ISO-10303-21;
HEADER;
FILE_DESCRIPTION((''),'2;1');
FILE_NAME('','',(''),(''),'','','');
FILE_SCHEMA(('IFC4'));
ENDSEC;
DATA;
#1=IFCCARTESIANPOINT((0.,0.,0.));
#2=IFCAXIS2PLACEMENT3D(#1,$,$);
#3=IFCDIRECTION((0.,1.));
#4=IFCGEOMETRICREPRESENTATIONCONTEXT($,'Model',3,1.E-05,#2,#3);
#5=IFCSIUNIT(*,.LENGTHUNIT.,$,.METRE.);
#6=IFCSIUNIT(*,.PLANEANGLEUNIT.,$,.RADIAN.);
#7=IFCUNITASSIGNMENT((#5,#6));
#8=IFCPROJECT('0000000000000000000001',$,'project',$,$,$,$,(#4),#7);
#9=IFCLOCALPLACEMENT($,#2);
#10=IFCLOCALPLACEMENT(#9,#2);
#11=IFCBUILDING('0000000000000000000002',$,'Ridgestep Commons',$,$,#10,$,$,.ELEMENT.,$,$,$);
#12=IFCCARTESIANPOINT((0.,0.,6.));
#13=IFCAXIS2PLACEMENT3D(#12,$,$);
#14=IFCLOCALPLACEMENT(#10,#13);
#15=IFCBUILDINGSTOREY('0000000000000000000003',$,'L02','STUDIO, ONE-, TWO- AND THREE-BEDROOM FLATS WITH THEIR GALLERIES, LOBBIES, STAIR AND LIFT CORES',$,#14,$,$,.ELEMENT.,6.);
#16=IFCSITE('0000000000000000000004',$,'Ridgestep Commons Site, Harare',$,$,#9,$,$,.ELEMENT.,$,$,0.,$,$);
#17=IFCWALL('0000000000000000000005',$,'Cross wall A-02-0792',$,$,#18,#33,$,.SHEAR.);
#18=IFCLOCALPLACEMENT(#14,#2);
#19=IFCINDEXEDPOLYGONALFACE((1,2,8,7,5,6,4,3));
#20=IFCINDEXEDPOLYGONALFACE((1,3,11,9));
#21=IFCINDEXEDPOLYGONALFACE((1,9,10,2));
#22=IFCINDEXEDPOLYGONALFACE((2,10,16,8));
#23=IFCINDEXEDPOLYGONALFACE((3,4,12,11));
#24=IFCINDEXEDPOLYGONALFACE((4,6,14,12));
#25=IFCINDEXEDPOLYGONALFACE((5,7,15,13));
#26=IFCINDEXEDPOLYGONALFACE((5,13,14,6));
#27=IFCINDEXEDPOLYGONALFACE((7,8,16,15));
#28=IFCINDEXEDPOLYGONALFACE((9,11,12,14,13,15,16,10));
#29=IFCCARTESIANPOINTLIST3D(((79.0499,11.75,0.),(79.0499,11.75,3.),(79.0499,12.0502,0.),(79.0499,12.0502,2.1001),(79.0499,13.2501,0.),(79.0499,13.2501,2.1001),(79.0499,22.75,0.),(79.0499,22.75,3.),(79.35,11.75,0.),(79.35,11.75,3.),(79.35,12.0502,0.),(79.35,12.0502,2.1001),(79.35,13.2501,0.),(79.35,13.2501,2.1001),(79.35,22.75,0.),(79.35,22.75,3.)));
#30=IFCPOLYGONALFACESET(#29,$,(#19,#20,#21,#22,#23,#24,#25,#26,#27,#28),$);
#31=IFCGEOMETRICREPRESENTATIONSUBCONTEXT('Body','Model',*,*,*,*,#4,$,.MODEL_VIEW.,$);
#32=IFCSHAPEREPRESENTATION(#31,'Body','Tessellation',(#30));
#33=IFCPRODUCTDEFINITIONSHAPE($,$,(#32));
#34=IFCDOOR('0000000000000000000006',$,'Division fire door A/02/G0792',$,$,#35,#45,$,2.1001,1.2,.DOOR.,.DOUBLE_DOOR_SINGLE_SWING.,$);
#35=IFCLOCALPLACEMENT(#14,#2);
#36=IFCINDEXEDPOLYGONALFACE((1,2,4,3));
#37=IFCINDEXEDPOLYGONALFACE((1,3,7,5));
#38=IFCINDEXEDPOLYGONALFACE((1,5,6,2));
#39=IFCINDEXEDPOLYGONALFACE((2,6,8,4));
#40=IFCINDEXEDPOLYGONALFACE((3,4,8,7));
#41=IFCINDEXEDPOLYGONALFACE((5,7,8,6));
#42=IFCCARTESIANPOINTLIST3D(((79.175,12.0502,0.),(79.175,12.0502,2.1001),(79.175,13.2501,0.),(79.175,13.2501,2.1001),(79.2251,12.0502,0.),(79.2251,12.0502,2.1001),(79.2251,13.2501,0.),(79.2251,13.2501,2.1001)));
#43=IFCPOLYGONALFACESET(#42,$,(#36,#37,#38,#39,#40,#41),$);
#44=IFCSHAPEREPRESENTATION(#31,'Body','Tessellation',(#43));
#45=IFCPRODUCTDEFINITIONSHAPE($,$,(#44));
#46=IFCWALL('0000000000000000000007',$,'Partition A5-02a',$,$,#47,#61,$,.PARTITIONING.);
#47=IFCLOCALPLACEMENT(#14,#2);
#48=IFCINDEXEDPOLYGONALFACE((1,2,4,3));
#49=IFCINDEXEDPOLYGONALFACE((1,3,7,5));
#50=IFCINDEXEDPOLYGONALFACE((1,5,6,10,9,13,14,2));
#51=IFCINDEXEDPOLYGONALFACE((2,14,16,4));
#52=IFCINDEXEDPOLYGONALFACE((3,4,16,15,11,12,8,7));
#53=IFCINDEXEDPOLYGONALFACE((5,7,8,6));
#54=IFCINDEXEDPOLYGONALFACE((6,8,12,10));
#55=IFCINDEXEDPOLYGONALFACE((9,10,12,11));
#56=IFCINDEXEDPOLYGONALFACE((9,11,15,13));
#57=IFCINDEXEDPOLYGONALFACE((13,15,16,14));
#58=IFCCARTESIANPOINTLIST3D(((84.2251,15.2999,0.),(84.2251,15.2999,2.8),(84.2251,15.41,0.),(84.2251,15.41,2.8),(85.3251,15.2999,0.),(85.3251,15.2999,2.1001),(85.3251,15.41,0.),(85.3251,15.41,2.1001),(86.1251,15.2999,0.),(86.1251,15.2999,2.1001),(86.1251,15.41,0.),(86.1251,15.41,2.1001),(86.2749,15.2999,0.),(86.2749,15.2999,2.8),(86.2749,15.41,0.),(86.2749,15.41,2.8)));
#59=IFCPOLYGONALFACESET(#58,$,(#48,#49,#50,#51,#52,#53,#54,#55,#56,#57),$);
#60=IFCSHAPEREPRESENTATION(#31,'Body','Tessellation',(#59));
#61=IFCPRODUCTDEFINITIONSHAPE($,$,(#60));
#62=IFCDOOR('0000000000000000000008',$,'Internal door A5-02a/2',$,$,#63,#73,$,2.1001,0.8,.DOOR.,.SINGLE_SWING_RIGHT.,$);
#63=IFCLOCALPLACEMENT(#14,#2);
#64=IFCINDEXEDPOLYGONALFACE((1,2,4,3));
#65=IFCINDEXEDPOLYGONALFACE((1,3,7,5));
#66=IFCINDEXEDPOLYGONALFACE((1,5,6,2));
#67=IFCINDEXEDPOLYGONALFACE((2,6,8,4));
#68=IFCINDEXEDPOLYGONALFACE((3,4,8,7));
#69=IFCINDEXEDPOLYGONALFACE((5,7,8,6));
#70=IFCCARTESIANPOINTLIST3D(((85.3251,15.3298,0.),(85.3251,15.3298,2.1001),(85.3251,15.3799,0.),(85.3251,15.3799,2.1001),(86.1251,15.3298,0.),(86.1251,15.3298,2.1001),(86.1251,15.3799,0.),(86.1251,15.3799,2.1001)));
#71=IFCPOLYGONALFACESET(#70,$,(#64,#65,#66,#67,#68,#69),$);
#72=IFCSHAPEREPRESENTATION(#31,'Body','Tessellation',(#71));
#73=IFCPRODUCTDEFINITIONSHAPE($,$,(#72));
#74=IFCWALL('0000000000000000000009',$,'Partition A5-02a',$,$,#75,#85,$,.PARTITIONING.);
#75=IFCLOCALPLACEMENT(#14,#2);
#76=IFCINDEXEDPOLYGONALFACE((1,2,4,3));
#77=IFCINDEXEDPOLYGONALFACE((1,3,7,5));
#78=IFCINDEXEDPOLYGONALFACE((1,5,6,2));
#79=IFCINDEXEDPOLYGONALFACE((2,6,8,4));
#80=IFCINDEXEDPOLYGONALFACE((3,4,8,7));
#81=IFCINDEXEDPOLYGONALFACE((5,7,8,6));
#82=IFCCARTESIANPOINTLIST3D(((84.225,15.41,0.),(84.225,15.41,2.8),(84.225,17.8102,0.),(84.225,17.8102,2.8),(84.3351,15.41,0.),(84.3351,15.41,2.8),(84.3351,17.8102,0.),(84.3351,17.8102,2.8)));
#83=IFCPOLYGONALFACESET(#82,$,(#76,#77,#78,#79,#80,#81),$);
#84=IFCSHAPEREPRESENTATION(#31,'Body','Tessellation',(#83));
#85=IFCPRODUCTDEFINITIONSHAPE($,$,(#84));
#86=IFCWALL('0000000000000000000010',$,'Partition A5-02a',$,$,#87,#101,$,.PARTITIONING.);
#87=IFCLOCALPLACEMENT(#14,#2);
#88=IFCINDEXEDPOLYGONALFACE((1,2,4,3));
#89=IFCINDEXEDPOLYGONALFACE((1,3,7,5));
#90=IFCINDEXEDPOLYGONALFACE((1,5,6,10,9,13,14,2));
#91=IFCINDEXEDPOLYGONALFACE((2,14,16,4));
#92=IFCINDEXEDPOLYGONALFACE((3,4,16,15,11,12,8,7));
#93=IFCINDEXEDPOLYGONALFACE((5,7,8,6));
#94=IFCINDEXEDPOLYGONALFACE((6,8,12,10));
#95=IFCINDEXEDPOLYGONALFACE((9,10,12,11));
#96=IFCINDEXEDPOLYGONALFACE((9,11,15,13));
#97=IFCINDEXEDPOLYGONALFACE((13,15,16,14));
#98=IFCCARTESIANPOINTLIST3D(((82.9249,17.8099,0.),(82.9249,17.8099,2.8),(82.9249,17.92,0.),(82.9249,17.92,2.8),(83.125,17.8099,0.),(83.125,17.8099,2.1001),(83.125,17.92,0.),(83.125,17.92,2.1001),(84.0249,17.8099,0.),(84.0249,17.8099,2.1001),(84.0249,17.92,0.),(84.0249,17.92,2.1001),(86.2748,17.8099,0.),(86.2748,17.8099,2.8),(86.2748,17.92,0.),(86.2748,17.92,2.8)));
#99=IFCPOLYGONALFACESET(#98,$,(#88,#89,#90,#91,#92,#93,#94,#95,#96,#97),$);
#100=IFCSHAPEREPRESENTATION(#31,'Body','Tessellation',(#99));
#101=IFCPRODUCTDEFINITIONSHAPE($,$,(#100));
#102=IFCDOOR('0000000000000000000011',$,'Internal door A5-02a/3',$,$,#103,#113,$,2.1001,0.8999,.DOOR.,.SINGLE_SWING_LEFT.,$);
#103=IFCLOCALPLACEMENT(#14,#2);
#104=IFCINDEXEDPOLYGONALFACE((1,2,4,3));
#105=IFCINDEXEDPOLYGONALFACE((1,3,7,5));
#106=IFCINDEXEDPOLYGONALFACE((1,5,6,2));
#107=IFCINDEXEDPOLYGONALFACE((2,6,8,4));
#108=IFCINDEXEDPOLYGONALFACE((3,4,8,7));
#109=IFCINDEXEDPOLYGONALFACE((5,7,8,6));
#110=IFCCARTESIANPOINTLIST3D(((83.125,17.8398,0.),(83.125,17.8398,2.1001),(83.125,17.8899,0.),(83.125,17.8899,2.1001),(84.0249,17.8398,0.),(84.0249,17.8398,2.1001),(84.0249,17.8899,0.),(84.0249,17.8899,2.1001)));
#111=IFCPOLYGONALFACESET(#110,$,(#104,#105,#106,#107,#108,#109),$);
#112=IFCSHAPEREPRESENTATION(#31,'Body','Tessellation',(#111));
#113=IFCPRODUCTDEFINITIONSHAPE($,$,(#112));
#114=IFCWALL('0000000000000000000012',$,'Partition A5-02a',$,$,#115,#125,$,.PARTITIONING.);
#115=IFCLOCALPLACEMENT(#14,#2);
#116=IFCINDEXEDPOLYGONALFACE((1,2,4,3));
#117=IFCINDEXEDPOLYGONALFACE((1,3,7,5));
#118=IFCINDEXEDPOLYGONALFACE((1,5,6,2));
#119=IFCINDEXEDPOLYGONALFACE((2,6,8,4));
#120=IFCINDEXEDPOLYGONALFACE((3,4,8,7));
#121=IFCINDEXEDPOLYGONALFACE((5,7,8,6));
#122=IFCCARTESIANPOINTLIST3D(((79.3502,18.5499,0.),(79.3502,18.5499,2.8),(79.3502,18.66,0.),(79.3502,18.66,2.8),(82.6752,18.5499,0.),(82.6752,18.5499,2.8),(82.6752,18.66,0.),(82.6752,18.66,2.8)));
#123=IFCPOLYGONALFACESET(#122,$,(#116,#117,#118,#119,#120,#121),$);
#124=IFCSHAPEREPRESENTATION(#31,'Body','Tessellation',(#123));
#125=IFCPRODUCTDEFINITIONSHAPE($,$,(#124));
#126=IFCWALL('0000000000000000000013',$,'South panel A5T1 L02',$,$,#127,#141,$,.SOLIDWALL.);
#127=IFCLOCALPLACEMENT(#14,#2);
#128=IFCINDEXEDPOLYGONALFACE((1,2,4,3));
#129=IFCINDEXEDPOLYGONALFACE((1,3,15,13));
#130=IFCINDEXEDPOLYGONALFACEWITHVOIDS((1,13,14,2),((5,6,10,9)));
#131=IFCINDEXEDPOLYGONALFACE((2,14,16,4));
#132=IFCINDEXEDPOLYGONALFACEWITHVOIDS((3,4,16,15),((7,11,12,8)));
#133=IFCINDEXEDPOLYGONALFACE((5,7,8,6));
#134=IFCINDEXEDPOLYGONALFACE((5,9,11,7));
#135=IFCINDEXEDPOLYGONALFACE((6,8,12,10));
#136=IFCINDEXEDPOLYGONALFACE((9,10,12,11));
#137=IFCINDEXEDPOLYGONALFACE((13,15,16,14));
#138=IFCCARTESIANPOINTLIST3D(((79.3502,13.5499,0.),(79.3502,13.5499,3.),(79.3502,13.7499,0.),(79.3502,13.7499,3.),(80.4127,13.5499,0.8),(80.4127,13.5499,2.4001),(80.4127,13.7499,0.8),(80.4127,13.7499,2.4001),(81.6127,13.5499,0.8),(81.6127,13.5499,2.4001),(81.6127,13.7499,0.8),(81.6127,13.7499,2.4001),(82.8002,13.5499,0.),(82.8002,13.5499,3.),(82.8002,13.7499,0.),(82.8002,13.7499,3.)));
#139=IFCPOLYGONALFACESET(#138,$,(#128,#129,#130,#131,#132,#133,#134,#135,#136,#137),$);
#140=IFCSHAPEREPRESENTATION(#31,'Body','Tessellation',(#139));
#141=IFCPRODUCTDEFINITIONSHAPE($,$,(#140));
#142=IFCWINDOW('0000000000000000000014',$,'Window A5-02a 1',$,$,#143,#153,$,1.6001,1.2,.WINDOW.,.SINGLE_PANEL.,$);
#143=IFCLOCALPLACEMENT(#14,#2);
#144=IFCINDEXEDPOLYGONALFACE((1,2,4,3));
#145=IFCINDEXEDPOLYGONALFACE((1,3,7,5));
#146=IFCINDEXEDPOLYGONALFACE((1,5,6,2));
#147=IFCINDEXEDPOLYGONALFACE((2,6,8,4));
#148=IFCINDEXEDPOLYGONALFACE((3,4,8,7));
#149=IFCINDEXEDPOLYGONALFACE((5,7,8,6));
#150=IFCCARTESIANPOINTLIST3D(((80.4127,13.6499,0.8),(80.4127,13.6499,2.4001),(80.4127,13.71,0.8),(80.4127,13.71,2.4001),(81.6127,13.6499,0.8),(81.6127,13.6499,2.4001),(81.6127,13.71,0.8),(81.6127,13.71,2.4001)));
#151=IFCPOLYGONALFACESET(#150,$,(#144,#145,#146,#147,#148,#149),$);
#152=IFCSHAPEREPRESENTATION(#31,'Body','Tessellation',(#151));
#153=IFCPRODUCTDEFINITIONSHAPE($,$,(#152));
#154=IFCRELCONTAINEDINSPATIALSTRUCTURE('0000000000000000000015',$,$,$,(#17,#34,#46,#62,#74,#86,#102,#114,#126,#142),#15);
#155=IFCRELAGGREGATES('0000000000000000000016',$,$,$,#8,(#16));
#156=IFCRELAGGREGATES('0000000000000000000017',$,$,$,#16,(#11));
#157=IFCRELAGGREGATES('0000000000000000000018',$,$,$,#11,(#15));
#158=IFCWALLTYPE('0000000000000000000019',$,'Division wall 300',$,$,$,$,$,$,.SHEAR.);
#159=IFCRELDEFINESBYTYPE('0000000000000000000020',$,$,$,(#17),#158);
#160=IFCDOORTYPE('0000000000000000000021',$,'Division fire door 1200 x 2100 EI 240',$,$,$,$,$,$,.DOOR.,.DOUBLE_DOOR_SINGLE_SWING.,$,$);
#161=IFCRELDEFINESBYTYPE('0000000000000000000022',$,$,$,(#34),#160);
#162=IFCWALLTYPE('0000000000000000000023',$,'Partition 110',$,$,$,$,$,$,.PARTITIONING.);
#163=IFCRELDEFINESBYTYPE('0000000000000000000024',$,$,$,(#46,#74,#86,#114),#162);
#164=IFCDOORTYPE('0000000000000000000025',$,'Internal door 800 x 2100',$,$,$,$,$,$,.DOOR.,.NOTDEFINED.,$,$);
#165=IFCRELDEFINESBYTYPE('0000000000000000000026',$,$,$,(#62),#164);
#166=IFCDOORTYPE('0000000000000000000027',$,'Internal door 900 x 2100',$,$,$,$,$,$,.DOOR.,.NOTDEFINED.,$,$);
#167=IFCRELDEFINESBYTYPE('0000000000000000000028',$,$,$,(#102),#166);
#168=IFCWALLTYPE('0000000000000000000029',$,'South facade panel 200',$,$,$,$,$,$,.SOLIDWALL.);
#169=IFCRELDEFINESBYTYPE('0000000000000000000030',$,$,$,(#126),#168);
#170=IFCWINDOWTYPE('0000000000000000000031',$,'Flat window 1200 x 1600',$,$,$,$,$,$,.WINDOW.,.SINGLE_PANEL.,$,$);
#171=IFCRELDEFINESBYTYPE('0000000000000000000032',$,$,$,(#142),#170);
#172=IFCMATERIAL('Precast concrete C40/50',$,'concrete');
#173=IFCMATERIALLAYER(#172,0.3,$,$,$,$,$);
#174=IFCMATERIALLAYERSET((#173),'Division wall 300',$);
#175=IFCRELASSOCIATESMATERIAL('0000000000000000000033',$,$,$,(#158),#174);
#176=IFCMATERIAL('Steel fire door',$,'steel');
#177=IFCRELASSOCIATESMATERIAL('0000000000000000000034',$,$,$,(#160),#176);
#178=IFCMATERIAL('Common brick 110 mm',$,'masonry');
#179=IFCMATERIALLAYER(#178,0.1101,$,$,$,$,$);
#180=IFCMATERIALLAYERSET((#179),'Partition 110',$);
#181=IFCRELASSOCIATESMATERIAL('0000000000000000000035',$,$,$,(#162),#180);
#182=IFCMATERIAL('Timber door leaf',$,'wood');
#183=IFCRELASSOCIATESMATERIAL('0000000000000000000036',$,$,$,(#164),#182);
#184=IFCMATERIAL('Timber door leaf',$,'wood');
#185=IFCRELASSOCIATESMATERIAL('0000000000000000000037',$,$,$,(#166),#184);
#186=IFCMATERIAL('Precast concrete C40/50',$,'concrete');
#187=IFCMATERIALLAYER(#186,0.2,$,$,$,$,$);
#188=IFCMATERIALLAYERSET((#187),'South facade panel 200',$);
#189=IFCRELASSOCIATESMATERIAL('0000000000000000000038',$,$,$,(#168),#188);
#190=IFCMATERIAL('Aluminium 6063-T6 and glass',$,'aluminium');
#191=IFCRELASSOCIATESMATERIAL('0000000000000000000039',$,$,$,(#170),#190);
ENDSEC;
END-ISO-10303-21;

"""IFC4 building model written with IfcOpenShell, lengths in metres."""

from ifc_helpers import new_model, si_unit, direction, frame, frame_2d, origin, place, context, subcontext, project, spatial, rectangle, extrude, material, layer, layer_set, type_object, element, fill, save


model = new_model("IFC4")

# Units and contexts
model_context = context("Model", 3, precision=1e-05, world=origin(), true_north=direction((0.0, 1.0)))
body_context = subcontext(model_context, "Body", "Model", "MODEL_VIEW")
ifc_project = project(units=[si_unit("LENGTHUNIT", "METRE"), si_unit("PLANEANGLEUNIT", "RADIAN")], contexts=[model_context])

# Site, building, storey
site_placement = place(None, origin())
site = spatial("IfcSite", under=ifc_project, at=site_placement, Name="Ridgestep Commons Site, Harare", CompositionType="ELEMENT", RefElevation=0.0)
building_placement = place(site_placement, origin())
building = spatial("IfcBuilding", under=site, at=building_placement, Name="Ridgestep Commons", CompositionType="ELEMENT")
storey_placement = place(building_placement, frame((0.0, 0.0, 6.0)))
storey = spatial("IfcBuildingStorey", under=building, at=storey_placement, Name="L02", Description="STUDIO, ONE-, TWO- AND THREE-BEDROOM FLATS WITH THEIR GALLERIES, LOBBIES, STAIR AND LIFT CORES", CompositionType="ELEMENT", Elevation=6.0)

# Walls, openings, doors
ifc_material_1 = material(Name="Precast concrete C40/50", Category="concrete")
ifc_layer_1 = layer(ifc_material_1, 0.3)
ifc_layer_set_1 = layer_set([ifc_layer_1], Name="Division wall 300")
wall_type_1 = type_object("IfcWallType", Name="Division wall 300", PredefinedType="SHEAR", material=ifc_layer_set_1)
wall_1_placement = place(storey_placement, frame((79.2, 11.75, 0.0), z_axis=(0.0, 0.0, 1.0), x_axis=(0.0, 1.0, 0.0)))
wall_1 = element("IfcWall", 1, at=wall_1_placement, inside=storey, type_object=wall_type_1, Name="Cross wall A-02-0792", PredefinedType="SHEAR", context=body_context, shape_type="SweptSolid", body=[
    extrude(rectangle(XDim=11.0, YDim=0.3, at=frame_2d((5.5, 0.0))), origin(), (0.0, 0.0, 1.0), 3.0),
])
opening_1_placement = place(wall_1_placement, frame((0.3, 0.0, 0.0)))
opening_1 = element("IfcOpeningElement", 2, at=opening_1_placement, cuts=wall_1, PredefinedType="OPENING", context=body_context, shape_type="SweptSolid", body=[
    extrude(rectangle(XDim=1.2, YDim=2.1001, at=frame_2d((0.6001, 1.05))), frame((0.0, 0.1599, 0.0), z_axis=(0.0, -1.0, 0.0), x_axis=(1.0, 0.0, 0.0)), (0.0, 0.0, 1.0), 0.3201),
])
ifc_material_2 = material(Name="Steel fire door", Category="steel")
door_type_1 = type_object("IfcDoorType", Name="Division fire door 1200 x 2100 EI 240", OperationType="DOUBLE_DOOR_SINGLE_SWING", PredefinedType="DOOR", material=ifc_material_2)
door_1_placement = place(opening_1_placement, origin())
door_1 = element("IfcDoor", 3, at=door_1_placement, inside=storey, type_object=door_type_1, Name="Division fire door A/02/G0792", OperationType="DOUBLE_DOOR_SINGLE_SWING", OverallHeight=2.1001, OverallWidth=1.2, PredefinedType="DOOR", context=body_context, shape_type="SweptSolid", body=[
    extrude(rectangle(XDim=1.2, YDim=2.1001, at=frame_2d((0.6001, 1.05))), frame((0.0, 0.0249, 0.0), z_axis=(0.0, -1.0, 0.0), x_axis=(1.0, 0.0, 0.0)), (0.0, 0.0, 1.0), 0.05),
])
fill(opening_1, door_1)
ifc_material_3 = material(Name="Common brick 110 mm", Category="masonry")
ifc_layer_2 = layer(ifc_material_3, 0.1101)
ifc_layer_set_2 = layer_set([ifc_layer_2], Name="Partition 110")
wall_type_2 = type_object("IfcWallType", Name="Partition 110", PredefinedType="PARTITIONING", material=ifc_layer_set_2)
wall_2_placement = place(storey_placement, frame((84.2251, 15.355, 0.0), z_axis=(0.0, 0.0, 1.0), x_axis=(1.0, 0.0, 0.0)))
wall_2 = element("IfcWall", 4, at=wall_2_placement, inside=storey, type_object=wall_type_2, Name="Partition A5-02a", PredefinedType="PARTITIONING", context=body_context, shape_type="SweptSolid", body=[
    extrude(rectangle(XDim=2.0498, YDim=0.1101, at=frame_2d((1.0249, 0.0))), origin(), (0.0, 0.0, 1.0), 2.8),
])
opening_2_placement = place(wall_2_placement, frame((1.1001, 0.0, 0.0)))
opening_2 = element("IfcOpeningElement", 5, at=opening_2_placement, cuts=wall_2, PredefinedType="OPENING", context=body_context, shape_type="SweptSolid", body=[
    extrude(rectangle(XDim=0.8, YDim=2.1001, at=frame_2d((0.3999, 1.05))), frame((0.0, 0.0649, 0.0), z_axis=(0.0, -1.0, 0.0), x_axis=(1.0, 0.0, 0.0)), (0.0, 0.0, 1.0), 0.1301),
])
ifc_material_4 = material(Name="Timber door leaf", Category="wood")
door_type_2 = type_object("IfcDoorType", Name="Internal door 800 x 2100", OperationType="NOTDEFINED", PredefinedType="DOOR", material=ifc_material_4)
door_2_placement = place(opening_2_placement, origin())
door_2 = element("IfcDoor", 6, at=door_2_placement, inside=storey, type_object=door_type_2, Name="Internal door A5-02a/2", OperationType="SINGLE_SWING_RIGHT", OverallHeight=2.1001, OverallWidth=0.8, PredefinedType="DOOR", context=body_context, shape_type="SweptSolid", body=[
    extrude(rectangle(XDim=0.8, YDim=2.1001, at=frame_2d((0.3999, 1.05))), frame((0.0, 0.0249, 0.0), z_axis=(0.0, -1.0, 0.0), x_axis=(1.0, 0.0, 0.0)), (0.0, 0.0, 1.0), 0.05),
])
fill(opening_2, door_2)

# Wall
wall_3_placement = place(storey_placement, frame((84.28, 15.4099, 0.0), z_axis=(0.0, 0.0, 1.0), x_axis=(0.0, 1.0, 0.0)))
element("IfcWall", 7, at=wall_3_placement, inside=storey, type_object=wall_type_2, Name="Partition A5-02a", PredefinedType="PARTITIONING", context=body_context, shape_type="SweptSolid", body=[
    extrude(rectangle(XDim=2.4001, YDim=0.1101, at=frame_2d((1.2002, 0.0))), origin(), (0.0, 0.0, 1.0), 2.8),
])

# Wall, opening, door
wall_4_placement = place(storey_placement, frame((82.925, 17.865, 0.0), z_axis=(0.0, 0.0, 1.0), x_axis=(1.0, 0.0, 0.0)))
wall_4 = element("IfcWall", 8, at=wall_4_placement, inside=storey, type_object=wall_type_2, Name="Partition A5-02a", PredefinedType="PARTITIONING", context=body_context, shape_type="SweptSolid", body=[
    extrude(rectangle(XDim=3.3499, YDim=0.1101, at=frame_2d((1.6748, 0.0))), origin(), (0.0, 0.0, 1.0), 2.8),
])
opening_3_placement = place(wall_4_placement, frame((0.2, 0.0, 0.0)))
opening_3 = element("IfcOpeningElement", 9, at=opening_3_placement, cuts=wall_4, PredefinedType="OPENING", context=body_context, shape_type="SweptSolid", body=[
    extrude(rectangle(XDim=0.8999, YDim=2.1001, at=frame_2d((0.45, 1.05))), frame((0.0, 0.0649, 0.0), z_axis=(0.0, -1.0, 0.0), x_axis=(1.0, 0.0, 0.0)), (0.0, 0.0, 1.0), 0.1301),
])
ifc_material_5 = material(Name="Timber door leaf", Category="wood")
door_type_3 = type_object("IfcDoorType", Name="Internal door 900 x 2100", OperationType="NOTDEFINED", PredefinedType="DOOR", material=ifc_material_5)
door_3_placement = place(opening_3_placement, origin())
door_3 = element("IfcDoor", 10, at=door_3_placement, inside=storey, type_object=door_type_3, Name="Internal door A5-02a/3", OperationType="SINGLE_SWING_LEFT", OverallHeight=2.1001, OverallWidth=0.8999, PredefinedType="DOOR", context=body_context, shape_type="SweptSolid", body=[
    extrude(rectangle(XDim=0.8999, YDim=2.1001, at=frame_2d((0.45, 1.05))), frame((0.0, 0.0249, 0.0), z_axis=(0.0, -1.0, 0.0), x_axis=(1.0, 0.0, 0.0)), (0.0, 0.0, 1.0), 0.05),
])
fill(opening_3, door_3)

# Wall
wall_5_placement = place(storey_placement, frame((79.3501, 18.605, 0.0), z_axis=(0.0, 0.0, 1.0), x_axis=(1.0, 0.0, 0.0)))
element("IfcWall", 11, at=wall_5_placement, inside=storey, type_object=wall_type_2, Name="Partition A5-02a", PredefinedType="PARTITIONING", context=body_context, shape_type="SweptSolid", body=[
    extrude(rectangle(XDim=3.325, YDim=0.1101, at=frame_2d((1.6626, 0.0))), origin(), (0.0, 0.0, 1.0), 2.8),
])

# Wall, opening, window
ifc_material_6 = material(Name="Precast concrete C40/50", Category="concrete")
ifc_layer_3 = layer(ifc_material_6, 0.2)
ifc_layer_set_3 = layer_set([ifc_layer_3], Name="South facade panel 200")
wall_type_3 = type_object("IfcWallType", Name="South facade panel 200", PredefinedType="SOLIDWALL", material=ifc_layer_set_3)
wall_6_placement = place(storey_placement, frame((79.3501, 13.6499, 0.0), z_axis=(0.0, 0.0, 1.0), x_axis=(1.0, 0.0, 0.0)))
wall_6 = element("IfcWall", 12, at=wall_6_placement, inside=storey, type_object=wall_type_3, Name="South panel A5T1 L02", PredefinedType="SOLIDWALL", context=body_context, shape_type="SweptSolid", body=[
    extrude(rectangle(XDim=3.45, YDim=0.2, at=frame_2d((1.7251, 0.0))), origin(), (0.0, 0.0, 1.0), 3.0),
])
opening_4_placement = place(wall_6_placement, frame((1.0625, 0.0, 0.8)))
opening_4 = element("IfcOpeningElement", 13, at=opening_4_placement, cuts=wall_6, PredefinedType="OPENING", context=body_context, shape_type="SweptSolid", body=[
    extrude(rectangle(XDim=1.2, YDim=1.6001, at=frame_2d((0.6001, 0.8))), frame((0.0, 0.1099, 0.0), z_axis=(0.0, -1.0, 0.0), x_axis=(1.0, 0.0, 0.0)), (0.0, 0.0, 1.0), 0.22),
])
ifc_material_7 = material(Name="Aluminium 6063-T6 and glass", Category="aluminium")
window_type = type_object("IfcWindowType", Name="Flat window 1200 x 1600", PartitioningType="SINGLE_PANEL", PredefinedType="WINDOW", material=ifc_material_7)
window_placement = place(opening_4_placement, origin())
window = element("IfcWindow", 14, at=window_placement, inside=storey, type_object=window_type, Name="Window A5-02a 1", OverallHeight=1.6001, OverallWidth=1.2, PartitioningType="SINGLE_PANEL", PredefinedType="WINDOW", context=body_context, shape_type="SweptSolid", body=[
    extrude(rectangle(XDim=1.2, YDim=1.6001, at=frame_2d((0.6001, 0.8))), frame((0.0, 0.0601, 0.0), z_axis=(0.0, -1.0, 0.0), x_axis=(1.0, 0.0, 0.0)), (0.0, 0.0, 1.0), 0.0601),
])
fill(opening_4, window)

save(model, "model.ifc")
